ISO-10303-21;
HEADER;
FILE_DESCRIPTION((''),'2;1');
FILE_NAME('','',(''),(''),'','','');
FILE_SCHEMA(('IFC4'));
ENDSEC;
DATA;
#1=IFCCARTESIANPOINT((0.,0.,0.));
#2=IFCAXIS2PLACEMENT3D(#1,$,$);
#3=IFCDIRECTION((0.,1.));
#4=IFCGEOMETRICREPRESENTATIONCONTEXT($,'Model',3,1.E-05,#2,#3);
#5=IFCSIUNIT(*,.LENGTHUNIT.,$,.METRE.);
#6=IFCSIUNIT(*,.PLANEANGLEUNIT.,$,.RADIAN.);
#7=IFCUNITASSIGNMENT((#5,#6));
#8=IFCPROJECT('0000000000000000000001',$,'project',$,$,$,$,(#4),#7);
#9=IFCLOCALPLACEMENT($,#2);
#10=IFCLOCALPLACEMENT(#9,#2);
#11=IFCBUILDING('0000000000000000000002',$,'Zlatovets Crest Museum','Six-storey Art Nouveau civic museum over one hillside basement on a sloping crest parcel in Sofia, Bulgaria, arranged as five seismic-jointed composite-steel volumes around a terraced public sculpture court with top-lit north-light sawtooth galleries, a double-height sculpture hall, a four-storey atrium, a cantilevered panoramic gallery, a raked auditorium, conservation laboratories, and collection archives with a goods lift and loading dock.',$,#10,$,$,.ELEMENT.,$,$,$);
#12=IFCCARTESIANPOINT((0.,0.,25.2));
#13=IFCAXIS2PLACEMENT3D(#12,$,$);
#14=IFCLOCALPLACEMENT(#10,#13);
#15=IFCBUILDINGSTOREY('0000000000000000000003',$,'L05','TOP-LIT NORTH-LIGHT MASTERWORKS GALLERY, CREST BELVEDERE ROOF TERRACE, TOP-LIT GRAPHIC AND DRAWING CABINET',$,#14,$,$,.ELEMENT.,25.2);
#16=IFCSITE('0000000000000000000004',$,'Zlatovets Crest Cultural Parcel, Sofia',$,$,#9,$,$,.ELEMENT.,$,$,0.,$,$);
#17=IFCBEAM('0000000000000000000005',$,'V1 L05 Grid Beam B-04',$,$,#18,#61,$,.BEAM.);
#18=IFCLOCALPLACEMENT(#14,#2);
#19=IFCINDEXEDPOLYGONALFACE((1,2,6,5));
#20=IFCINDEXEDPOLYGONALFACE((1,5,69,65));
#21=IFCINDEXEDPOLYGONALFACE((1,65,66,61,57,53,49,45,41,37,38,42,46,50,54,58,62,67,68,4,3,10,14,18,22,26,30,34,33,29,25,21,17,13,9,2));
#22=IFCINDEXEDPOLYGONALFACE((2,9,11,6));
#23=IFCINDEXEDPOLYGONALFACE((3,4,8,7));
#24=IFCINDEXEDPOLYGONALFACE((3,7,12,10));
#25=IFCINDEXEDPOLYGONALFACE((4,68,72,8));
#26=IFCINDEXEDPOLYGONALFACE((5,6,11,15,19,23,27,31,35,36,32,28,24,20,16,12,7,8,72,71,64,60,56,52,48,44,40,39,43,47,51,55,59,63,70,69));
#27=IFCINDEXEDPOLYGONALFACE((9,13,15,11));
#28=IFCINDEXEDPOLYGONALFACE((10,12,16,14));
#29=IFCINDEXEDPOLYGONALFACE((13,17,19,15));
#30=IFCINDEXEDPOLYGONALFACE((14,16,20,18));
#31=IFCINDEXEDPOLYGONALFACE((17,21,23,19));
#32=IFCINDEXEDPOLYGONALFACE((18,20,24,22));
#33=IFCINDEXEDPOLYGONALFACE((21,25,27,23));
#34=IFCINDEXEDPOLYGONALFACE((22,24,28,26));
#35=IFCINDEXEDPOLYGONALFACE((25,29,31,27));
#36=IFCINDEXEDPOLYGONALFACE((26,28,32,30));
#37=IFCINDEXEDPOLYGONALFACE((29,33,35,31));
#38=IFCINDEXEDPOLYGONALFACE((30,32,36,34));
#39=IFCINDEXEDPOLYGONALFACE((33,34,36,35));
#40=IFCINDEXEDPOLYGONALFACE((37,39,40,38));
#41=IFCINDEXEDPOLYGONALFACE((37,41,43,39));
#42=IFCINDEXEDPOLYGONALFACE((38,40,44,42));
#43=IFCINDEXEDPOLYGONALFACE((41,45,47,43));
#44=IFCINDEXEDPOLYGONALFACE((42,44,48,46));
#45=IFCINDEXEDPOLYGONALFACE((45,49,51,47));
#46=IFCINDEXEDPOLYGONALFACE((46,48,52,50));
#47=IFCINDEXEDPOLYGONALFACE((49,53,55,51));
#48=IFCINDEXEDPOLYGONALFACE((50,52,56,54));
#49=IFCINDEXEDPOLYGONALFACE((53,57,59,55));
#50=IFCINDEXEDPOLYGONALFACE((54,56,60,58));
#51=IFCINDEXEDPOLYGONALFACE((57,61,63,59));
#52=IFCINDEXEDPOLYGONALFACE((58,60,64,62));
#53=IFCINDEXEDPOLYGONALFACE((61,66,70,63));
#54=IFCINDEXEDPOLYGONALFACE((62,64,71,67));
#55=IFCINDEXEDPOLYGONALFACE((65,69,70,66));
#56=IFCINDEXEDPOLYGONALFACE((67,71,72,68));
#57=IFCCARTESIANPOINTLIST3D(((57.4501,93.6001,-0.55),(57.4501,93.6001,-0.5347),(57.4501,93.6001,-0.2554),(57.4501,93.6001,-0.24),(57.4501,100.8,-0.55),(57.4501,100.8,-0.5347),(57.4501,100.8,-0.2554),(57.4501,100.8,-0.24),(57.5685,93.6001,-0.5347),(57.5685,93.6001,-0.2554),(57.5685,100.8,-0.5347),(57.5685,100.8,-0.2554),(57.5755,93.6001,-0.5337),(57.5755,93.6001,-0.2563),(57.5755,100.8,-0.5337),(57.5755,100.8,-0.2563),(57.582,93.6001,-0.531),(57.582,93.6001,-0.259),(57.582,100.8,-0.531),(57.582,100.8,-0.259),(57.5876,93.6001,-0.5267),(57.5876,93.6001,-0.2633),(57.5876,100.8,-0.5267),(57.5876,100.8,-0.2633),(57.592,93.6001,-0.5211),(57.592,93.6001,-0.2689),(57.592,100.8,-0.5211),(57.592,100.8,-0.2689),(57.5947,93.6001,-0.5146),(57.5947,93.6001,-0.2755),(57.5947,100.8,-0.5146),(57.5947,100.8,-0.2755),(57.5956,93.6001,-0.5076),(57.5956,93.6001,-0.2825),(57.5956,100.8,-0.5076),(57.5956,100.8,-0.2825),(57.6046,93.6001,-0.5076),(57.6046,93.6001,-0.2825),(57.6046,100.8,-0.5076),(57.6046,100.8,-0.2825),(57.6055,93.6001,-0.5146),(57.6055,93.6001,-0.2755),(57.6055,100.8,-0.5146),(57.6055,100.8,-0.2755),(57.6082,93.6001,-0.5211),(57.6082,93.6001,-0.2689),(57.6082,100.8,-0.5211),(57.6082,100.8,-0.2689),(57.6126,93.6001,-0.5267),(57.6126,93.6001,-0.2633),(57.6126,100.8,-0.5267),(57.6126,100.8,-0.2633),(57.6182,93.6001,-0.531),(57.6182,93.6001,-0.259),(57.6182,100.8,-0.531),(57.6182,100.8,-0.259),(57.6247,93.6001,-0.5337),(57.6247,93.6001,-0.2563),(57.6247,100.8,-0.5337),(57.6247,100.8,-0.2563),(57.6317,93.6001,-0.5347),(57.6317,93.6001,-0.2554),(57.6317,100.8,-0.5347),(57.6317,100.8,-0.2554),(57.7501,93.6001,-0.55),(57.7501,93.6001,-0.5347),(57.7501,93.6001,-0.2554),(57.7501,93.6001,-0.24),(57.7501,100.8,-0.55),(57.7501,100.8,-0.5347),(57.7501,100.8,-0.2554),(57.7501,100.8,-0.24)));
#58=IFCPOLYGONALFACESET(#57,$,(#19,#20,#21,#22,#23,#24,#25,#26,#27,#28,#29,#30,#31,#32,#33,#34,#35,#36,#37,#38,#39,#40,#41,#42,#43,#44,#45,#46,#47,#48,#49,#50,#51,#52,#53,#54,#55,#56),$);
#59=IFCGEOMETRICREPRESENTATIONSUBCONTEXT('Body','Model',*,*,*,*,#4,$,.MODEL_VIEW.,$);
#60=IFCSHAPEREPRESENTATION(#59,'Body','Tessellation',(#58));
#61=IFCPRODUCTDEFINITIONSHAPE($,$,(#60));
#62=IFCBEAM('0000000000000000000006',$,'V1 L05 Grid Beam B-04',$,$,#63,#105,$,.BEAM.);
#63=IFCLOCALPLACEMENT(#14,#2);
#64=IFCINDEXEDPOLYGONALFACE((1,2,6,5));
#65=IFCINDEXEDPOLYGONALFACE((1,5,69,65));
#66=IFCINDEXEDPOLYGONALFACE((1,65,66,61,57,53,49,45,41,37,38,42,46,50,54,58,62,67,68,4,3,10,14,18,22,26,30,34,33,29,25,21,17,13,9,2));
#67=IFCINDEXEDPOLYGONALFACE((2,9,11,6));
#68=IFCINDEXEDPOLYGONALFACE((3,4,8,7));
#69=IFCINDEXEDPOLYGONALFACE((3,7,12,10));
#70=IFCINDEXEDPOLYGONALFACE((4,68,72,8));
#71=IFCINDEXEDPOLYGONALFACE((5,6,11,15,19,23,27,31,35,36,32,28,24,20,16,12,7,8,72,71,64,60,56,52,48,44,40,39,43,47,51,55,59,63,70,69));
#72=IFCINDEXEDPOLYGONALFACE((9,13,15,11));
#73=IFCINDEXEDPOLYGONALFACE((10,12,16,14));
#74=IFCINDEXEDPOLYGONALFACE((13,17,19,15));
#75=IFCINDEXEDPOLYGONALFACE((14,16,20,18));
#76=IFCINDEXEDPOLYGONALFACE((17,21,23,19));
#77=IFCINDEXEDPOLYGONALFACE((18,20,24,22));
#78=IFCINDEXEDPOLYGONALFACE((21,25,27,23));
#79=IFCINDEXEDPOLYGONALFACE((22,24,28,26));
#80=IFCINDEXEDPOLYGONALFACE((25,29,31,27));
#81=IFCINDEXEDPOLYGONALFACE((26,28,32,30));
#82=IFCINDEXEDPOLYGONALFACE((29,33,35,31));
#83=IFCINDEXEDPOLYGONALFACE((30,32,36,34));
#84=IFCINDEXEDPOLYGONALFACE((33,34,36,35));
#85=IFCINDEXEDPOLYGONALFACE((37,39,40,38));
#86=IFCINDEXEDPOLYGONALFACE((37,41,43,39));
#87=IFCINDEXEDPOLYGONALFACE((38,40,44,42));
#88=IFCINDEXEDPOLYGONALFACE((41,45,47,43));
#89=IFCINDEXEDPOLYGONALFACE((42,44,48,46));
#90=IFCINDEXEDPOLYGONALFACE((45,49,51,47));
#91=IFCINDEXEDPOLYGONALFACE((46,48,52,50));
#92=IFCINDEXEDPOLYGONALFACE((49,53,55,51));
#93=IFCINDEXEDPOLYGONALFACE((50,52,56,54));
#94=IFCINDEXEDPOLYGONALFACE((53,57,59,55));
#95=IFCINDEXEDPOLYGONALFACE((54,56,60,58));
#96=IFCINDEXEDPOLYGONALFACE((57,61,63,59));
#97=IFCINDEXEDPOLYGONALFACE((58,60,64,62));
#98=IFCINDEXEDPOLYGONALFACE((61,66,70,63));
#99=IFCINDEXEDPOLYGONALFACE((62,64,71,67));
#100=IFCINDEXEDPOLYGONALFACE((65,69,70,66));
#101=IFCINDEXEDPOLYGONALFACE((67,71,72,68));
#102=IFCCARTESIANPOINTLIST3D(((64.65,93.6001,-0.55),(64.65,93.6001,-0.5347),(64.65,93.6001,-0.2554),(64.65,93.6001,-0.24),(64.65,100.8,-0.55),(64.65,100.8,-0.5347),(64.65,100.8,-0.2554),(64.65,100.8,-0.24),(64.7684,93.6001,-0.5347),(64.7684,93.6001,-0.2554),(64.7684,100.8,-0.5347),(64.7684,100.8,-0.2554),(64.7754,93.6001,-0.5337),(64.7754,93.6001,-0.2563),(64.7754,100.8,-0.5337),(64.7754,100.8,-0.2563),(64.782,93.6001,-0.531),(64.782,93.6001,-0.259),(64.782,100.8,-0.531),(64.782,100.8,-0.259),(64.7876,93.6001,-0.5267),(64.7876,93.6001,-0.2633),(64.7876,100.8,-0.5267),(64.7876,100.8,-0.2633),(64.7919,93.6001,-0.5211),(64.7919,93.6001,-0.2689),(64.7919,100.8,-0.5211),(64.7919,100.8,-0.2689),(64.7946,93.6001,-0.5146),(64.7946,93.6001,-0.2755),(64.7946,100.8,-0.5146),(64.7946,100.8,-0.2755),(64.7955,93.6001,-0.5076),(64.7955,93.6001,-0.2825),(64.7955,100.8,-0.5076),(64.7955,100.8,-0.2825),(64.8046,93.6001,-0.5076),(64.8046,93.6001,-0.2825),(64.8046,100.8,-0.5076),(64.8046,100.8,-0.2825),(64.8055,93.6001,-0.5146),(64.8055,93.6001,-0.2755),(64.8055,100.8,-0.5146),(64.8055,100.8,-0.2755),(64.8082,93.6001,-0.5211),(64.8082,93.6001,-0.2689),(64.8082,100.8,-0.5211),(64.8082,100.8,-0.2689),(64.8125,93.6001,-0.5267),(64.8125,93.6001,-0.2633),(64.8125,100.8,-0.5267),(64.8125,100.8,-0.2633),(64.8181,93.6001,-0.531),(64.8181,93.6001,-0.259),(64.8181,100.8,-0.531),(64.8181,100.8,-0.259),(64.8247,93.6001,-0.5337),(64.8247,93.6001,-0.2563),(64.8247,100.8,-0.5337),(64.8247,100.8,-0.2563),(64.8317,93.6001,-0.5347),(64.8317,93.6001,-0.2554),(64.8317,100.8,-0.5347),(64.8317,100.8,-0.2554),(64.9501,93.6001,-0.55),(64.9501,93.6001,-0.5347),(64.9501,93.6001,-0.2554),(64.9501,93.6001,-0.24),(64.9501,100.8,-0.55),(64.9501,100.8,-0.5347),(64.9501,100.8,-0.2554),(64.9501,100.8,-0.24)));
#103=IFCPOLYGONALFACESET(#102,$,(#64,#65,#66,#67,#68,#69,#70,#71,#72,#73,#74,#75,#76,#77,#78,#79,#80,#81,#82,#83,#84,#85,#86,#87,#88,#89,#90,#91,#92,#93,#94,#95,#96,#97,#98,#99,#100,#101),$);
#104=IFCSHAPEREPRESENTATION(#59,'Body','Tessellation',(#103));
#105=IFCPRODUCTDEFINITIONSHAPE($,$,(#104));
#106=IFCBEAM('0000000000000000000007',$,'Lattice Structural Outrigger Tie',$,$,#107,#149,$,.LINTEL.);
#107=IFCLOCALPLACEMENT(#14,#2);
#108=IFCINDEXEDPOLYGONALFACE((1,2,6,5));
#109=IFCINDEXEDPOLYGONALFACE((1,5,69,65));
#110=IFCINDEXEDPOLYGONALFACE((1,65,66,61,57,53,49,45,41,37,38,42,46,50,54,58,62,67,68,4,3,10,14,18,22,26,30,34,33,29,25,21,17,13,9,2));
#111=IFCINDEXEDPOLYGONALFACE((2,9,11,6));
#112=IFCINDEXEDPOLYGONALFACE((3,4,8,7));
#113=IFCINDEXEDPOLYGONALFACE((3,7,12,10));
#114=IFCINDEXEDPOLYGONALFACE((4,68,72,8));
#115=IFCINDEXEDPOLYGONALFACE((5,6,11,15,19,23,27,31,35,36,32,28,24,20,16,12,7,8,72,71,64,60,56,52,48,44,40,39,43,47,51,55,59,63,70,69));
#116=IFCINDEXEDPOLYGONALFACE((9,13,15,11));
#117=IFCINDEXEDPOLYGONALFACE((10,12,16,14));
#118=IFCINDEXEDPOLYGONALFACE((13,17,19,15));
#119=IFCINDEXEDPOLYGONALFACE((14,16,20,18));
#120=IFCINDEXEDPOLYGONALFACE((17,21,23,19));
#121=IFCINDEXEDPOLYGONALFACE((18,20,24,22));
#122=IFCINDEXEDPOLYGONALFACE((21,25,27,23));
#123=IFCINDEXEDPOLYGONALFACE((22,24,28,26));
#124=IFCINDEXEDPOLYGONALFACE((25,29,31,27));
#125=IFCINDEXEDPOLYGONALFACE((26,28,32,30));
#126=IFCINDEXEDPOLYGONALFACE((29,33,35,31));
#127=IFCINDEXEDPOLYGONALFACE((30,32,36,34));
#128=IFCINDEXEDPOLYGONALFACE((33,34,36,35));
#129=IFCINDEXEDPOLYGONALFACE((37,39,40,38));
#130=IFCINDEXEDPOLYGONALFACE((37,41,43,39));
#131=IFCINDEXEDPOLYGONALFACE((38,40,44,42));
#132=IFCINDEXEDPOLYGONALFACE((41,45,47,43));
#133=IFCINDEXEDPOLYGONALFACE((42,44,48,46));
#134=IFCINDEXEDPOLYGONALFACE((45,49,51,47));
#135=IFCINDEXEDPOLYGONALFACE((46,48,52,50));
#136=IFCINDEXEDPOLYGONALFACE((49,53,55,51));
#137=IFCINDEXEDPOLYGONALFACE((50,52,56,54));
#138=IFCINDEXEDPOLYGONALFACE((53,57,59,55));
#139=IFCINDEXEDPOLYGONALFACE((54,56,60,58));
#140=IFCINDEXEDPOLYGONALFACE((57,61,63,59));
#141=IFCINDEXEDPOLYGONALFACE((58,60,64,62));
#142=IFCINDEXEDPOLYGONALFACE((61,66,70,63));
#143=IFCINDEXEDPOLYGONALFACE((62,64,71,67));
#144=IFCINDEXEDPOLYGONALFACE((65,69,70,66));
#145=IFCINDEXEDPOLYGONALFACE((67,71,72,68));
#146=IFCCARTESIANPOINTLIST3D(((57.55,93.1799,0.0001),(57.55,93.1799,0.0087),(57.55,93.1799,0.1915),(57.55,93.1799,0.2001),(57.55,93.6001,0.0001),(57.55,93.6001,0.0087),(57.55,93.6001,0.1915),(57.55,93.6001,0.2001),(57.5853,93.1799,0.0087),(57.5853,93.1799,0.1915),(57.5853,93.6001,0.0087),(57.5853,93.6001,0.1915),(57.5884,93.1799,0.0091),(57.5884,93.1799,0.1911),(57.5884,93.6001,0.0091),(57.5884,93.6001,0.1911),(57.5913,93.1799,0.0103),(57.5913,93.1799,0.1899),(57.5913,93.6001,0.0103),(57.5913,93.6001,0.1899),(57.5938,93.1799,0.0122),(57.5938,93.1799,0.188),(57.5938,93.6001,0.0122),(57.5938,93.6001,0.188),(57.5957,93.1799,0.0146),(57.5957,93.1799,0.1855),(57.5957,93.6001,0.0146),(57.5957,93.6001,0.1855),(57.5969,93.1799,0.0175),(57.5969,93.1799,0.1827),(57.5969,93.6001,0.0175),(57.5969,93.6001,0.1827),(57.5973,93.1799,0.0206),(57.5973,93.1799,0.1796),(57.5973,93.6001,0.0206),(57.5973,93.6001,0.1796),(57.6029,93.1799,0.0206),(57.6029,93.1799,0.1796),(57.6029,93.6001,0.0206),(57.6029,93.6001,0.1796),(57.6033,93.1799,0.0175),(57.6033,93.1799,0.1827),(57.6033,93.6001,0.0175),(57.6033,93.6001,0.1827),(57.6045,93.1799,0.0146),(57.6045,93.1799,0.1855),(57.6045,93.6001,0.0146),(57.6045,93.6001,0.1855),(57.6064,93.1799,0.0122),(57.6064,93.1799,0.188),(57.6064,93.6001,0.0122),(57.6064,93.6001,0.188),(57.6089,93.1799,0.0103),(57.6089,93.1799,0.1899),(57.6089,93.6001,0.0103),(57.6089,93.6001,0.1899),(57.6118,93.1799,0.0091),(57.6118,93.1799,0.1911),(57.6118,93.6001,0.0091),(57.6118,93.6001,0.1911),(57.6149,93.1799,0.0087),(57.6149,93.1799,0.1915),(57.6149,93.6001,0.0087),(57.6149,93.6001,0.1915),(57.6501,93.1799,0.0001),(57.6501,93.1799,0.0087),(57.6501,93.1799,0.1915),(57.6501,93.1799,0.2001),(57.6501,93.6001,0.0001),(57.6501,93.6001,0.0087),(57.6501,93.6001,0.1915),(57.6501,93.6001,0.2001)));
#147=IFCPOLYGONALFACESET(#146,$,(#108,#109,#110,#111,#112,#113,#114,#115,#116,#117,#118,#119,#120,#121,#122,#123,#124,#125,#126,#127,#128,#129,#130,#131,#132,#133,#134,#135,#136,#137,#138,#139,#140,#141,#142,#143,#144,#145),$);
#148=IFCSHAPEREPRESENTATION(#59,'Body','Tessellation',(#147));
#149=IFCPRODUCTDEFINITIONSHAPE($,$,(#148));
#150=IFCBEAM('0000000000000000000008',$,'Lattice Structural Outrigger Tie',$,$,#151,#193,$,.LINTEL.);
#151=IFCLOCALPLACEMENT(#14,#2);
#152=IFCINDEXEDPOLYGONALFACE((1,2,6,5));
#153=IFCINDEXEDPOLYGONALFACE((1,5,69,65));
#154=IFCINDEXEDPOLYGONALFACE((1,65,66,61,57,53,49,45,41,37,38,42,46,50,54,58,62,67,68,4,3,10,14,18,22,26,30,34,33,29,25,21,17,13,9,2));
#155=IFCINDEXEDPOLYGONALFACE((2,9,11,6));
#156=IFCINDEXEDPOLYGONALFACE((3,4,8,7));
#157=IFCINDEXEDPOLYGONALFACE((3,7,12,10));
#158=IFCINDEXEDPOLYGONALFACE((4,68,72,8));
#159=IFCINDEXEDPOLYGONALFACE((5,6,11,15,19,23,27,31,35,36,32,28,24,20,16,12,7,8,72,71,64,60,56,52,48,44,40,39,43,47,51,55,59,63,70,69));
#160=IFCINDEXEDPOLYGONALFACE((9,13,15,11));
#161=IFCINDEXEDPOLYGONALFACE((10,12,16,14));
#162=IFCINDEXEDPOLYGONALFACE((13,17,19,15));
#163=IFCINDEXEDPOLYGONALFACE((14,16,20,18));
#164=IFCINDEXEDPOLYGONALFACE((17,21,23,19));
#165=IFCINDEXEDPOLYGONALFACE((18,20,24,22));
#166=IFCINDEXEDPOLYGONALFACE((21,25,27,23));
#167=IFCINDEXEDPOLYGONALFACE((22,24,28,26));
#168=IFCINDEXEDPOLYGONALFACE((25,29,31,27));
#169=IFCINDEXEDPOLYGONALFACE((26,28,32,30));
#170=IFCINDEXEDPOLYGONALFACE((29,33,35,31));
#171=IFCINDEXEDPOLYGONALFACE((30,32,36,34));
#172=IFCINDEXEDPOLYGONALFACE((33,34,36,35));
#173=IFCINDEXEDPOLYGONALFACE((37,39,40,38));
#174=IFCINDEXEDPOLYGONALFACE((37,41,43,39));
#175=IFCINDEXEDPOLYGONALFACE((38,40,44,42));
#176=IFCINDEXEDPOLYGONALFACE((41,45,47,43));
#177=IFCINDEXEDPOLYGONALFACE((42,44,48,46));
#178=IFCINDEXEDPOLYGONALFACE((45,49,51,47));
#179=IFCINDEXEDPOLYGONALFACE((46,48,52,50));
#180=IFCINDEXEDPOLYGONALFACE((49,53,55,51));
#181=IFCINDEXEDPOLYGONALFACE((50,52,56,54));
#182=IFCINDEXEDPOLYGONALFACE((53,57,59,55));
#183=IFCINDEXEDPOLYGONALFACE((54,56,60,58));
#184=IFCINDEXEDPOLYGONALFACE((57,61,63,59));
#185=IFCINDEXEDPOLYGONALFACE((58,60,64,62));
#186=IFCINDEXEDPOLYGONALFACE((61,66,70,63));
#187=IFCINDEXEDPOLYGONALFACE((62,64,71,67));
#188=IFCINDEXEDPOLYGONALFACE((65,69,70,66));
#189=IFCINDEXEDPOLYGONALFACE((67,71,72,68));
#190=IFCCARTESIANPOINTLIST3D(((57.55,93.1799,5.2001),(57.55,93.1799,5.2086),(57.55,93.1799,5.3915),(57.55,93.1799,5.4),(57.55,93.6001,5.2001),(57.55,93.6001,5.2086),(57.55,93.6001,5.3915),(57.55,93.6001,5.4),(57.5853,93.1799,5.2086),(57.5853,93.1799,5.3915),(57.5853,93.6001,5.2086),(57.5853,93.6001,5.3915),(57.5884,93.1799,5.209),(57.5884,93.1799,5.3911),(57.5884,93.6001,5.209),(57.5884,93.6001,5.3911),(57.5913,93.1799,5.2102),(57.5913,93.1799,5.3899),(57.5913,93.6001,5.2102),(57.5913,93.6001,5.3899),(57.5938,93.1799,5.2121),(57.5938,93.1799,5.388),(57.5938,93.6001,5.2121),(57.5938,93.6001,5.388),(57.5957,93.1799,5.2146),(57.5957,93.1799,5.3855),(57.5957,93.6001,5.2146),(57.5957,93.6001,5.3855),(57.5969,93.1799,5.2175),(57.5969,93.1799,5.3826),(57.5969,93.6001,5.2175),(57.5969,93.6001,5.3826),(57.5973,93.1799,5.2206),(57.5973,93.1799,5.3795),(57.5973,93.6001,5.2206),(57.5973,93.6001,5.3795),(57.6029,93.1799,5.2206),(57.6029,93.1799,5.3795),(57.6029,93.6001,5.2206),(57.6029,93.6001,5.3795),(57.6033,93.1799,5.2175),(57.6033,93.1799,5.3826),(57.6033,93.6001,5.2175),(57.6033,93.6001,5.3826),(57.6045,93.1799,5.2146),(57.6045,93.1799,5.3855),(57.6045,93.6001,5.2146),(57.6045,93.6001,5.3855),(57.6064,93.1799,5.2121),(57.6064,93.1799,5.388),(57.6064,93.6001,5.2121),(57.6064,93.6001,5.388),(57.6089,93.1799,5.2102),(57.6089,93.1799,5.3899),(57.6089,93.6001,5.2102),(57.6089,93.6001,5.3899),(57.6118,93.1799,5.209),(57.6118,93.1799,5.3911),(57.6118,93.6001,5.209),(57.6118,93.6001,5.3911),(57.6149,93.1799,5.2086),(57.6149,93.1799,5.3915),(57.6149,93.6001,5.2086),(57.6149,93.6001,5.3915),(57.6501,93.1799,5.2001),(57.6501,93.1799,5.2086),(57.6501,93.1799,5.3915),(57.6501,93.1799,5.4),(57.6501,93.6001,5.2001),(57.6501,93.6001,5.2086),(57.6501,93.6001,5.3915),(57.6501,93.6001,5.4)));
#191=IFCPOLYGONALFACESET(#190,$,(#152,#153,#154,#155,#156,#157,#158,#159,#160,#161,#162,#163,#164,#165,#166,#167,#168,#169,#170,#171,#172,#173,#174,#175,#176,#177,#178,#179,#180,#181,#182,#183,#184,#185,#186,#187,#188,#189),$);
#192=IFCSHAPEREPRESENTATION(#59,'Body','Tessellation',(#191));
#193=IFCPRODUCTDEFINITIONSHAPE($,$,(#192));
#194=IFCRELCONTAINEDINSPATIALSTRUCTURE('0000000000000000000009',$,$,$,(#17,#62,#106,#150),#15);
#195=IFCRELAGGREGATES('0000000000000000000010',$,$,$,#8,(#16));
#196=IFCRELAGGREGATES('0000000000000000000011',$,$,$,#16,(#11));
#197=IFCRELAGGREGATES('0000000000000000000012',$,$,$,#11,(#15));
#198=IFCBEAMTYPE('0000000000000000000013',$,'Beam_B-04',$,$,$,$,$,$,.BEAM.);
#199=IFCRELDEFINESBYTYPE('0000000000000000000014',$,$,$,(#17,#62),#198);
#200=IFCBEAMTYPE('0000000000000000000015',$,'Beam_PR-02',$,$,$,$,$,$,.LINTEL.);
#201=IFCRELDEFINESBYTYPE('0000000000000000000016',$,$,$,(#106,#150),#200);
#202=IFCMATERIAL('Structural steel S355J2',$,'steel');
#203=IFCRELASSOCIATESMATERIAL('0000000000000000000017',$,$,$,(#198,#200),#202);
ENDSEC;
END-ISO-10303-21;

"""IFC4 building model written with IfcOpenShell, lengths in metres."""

from ifc_helpers import new_model, si_unit, direction, frame, origin, origin_2d, place, context, subcontext, project, spatial, i_section, extrude, material, material_profile, profile_set, type_object, element, save


model = new_model("IFC4")

# Units and contexts
model_context = context("Model", 3, precision=1e-05, world=origin(), true_north=direction((0.0, 1.0)))
body_context = subcontext(model_context, "Body", "Model", "MODEL_VIEW")
ifc_project = project(units=[si_unit("LENGTHUNIT", "METRE"), si_unit("PLANEANGLEUNIT", "RADIAN")], contexts=[model_context])

# Site, building, storey
site_placement = place(None, origin())
site = spatial("IfcSite", under=ifc_project, at=site_placement, Name="Zlatovets Crest Cultural Parcel, Sofia", CompositionType="ELEMENT", RefElevation=0.0)
building_placement = place(site_placement, origin())
building = spatial("IfcBuilding", under=site, at=building_placement, Name="Zlatovets Crest Museum", Description="Six-storey Art Nouveau civic museum over one hillside basement on a sloping crest parcel in Sofia, Bulgaria, arranged as five seismic-jointed composite-steel volumes around a terraced public sculpture court with top-lit north-light sawtooth galleries, a double-height sculpture hall, a four-storey atrium, a cantilevered panoramic gallery, a raked auditorium, conservation laboratories, and collection archives with a goods lift and loading dock.", CompositionType="ELEMENT")
storey_placement = place(building_placement, frame((0.0, 0.0, 25.2)))
storey = spatial("IfcBuildingStorey", under=building, at=storey_placement, Name="L05", Description="TOP-LIT NORTH-LIGHT MASTERWORKS GALLERY, CREST BELVEDERE ROOF TERRACE, TOP-LIT GRAPHIC AND DRAWING CABINET", CompositionType="ELEMENT", Elevation=25.2)

# Shared definitions
ifc_material_1 = material(Name="Structural steel S355J2", Category="steel")

# Beams
ifc_material_profile_1 = material_profile(ifc_material_1, i_section(OverallWidth=0.3, OverallDepth=0.3101, WebThickness=0.009, FlangeThickness=0.0154, FilletRadius=0.0271, at=origin_2d()), Name="HEA 320")
ifc_profile_set_1 = profile_set([ifc_material_profile_1], Name="Structural steel S355J2")
beam_type_1 = type_object("IfcBeamType", Name="Beam_B-04", PredefinedType="BEAM", material=ifc_profile_set_1)
for number, where, z_axis, x_axis, name in (
    (1, (57.6001, 93.6001, -0.395), (0.0, 1.0, 0.0), (-1.0, 0.0, 0.0), "V1 L05 Grid Beam B-04"),
    (2, (64.8, 93.6001, -0.395), (0.0, 1.0, 0.0), (-1.0, 0.0, 0.0), "V1 L05 Grid Beam B-04"),
):
    element("IfcBeam", number, at=place(storey_placement, frame(where, z_axis=z_axis, x_axis=x_axis)), inside=storey, type_object=beam_type_1, Name=name, PredefinedType="BEAM", context=body_context, shape_type="SweptSolid", body=[
        extrude(i_section(OverallWidth=0.3, OverallDepth=0.3101, WebThickness=0.009, FlangeThickness=0.0154, FilletRadius=0.0271, at=origin_2d()), origin(), (0.0, 0.0, 1.0), 7.2),
    ])
ifc_material_profile_2 = material_profile(ifc_material_1, i_section(OverallWidth=0.1001, OverallDepth=0.2, WebThickness=0.0056, FlangeThickness=0.0085, FilletRadius=0.012, at=origin_2d()), Name="IPE 200")
ifc_profile_set_2 = profile_set([ifc_material_profile_2], Name="Structural steel S355J2")
beam_type_2 = type_object("IfcBeamType", Name="Beam_PR-02", PredefinedType="LINTEL", material=ifc_profile_set_2)
for number, where, z_axis, x_axis, name in (
    (3, (57.6001, 93.6001, 0.1001), (0.0, -1.0, 0.0), (1.0, 0.0, 0.0), "Lattice Structural Outrigger Tie"),
    (4, (57.6001, 93.6001, 5.3), (0.0, -1.0, 0.0), (1.0, 0.0, 0.0), "Lattice Structural Outrigger Tie"),
):
    element("IfcBeam", number, at=place(storey_placement, frame(where, z_axis=z_axis, x_axis=x_axis)), inside=storey, type_object=beam_type_2, Name=name, PredefinedType="LINTEL", context=body_context, shape_type="SweptSolid", body=[
        extrude(i_section(OverallWidth=0.1001, OverallDepth=0.2, WebThickness=0.0056, FlangeThickness=0.0085, FilletRadius=0.012, at=origin_2d()), origin(), (0.0, 0.0, 1.0), 0.4202),
    ])

save(model, "model.ifc")
